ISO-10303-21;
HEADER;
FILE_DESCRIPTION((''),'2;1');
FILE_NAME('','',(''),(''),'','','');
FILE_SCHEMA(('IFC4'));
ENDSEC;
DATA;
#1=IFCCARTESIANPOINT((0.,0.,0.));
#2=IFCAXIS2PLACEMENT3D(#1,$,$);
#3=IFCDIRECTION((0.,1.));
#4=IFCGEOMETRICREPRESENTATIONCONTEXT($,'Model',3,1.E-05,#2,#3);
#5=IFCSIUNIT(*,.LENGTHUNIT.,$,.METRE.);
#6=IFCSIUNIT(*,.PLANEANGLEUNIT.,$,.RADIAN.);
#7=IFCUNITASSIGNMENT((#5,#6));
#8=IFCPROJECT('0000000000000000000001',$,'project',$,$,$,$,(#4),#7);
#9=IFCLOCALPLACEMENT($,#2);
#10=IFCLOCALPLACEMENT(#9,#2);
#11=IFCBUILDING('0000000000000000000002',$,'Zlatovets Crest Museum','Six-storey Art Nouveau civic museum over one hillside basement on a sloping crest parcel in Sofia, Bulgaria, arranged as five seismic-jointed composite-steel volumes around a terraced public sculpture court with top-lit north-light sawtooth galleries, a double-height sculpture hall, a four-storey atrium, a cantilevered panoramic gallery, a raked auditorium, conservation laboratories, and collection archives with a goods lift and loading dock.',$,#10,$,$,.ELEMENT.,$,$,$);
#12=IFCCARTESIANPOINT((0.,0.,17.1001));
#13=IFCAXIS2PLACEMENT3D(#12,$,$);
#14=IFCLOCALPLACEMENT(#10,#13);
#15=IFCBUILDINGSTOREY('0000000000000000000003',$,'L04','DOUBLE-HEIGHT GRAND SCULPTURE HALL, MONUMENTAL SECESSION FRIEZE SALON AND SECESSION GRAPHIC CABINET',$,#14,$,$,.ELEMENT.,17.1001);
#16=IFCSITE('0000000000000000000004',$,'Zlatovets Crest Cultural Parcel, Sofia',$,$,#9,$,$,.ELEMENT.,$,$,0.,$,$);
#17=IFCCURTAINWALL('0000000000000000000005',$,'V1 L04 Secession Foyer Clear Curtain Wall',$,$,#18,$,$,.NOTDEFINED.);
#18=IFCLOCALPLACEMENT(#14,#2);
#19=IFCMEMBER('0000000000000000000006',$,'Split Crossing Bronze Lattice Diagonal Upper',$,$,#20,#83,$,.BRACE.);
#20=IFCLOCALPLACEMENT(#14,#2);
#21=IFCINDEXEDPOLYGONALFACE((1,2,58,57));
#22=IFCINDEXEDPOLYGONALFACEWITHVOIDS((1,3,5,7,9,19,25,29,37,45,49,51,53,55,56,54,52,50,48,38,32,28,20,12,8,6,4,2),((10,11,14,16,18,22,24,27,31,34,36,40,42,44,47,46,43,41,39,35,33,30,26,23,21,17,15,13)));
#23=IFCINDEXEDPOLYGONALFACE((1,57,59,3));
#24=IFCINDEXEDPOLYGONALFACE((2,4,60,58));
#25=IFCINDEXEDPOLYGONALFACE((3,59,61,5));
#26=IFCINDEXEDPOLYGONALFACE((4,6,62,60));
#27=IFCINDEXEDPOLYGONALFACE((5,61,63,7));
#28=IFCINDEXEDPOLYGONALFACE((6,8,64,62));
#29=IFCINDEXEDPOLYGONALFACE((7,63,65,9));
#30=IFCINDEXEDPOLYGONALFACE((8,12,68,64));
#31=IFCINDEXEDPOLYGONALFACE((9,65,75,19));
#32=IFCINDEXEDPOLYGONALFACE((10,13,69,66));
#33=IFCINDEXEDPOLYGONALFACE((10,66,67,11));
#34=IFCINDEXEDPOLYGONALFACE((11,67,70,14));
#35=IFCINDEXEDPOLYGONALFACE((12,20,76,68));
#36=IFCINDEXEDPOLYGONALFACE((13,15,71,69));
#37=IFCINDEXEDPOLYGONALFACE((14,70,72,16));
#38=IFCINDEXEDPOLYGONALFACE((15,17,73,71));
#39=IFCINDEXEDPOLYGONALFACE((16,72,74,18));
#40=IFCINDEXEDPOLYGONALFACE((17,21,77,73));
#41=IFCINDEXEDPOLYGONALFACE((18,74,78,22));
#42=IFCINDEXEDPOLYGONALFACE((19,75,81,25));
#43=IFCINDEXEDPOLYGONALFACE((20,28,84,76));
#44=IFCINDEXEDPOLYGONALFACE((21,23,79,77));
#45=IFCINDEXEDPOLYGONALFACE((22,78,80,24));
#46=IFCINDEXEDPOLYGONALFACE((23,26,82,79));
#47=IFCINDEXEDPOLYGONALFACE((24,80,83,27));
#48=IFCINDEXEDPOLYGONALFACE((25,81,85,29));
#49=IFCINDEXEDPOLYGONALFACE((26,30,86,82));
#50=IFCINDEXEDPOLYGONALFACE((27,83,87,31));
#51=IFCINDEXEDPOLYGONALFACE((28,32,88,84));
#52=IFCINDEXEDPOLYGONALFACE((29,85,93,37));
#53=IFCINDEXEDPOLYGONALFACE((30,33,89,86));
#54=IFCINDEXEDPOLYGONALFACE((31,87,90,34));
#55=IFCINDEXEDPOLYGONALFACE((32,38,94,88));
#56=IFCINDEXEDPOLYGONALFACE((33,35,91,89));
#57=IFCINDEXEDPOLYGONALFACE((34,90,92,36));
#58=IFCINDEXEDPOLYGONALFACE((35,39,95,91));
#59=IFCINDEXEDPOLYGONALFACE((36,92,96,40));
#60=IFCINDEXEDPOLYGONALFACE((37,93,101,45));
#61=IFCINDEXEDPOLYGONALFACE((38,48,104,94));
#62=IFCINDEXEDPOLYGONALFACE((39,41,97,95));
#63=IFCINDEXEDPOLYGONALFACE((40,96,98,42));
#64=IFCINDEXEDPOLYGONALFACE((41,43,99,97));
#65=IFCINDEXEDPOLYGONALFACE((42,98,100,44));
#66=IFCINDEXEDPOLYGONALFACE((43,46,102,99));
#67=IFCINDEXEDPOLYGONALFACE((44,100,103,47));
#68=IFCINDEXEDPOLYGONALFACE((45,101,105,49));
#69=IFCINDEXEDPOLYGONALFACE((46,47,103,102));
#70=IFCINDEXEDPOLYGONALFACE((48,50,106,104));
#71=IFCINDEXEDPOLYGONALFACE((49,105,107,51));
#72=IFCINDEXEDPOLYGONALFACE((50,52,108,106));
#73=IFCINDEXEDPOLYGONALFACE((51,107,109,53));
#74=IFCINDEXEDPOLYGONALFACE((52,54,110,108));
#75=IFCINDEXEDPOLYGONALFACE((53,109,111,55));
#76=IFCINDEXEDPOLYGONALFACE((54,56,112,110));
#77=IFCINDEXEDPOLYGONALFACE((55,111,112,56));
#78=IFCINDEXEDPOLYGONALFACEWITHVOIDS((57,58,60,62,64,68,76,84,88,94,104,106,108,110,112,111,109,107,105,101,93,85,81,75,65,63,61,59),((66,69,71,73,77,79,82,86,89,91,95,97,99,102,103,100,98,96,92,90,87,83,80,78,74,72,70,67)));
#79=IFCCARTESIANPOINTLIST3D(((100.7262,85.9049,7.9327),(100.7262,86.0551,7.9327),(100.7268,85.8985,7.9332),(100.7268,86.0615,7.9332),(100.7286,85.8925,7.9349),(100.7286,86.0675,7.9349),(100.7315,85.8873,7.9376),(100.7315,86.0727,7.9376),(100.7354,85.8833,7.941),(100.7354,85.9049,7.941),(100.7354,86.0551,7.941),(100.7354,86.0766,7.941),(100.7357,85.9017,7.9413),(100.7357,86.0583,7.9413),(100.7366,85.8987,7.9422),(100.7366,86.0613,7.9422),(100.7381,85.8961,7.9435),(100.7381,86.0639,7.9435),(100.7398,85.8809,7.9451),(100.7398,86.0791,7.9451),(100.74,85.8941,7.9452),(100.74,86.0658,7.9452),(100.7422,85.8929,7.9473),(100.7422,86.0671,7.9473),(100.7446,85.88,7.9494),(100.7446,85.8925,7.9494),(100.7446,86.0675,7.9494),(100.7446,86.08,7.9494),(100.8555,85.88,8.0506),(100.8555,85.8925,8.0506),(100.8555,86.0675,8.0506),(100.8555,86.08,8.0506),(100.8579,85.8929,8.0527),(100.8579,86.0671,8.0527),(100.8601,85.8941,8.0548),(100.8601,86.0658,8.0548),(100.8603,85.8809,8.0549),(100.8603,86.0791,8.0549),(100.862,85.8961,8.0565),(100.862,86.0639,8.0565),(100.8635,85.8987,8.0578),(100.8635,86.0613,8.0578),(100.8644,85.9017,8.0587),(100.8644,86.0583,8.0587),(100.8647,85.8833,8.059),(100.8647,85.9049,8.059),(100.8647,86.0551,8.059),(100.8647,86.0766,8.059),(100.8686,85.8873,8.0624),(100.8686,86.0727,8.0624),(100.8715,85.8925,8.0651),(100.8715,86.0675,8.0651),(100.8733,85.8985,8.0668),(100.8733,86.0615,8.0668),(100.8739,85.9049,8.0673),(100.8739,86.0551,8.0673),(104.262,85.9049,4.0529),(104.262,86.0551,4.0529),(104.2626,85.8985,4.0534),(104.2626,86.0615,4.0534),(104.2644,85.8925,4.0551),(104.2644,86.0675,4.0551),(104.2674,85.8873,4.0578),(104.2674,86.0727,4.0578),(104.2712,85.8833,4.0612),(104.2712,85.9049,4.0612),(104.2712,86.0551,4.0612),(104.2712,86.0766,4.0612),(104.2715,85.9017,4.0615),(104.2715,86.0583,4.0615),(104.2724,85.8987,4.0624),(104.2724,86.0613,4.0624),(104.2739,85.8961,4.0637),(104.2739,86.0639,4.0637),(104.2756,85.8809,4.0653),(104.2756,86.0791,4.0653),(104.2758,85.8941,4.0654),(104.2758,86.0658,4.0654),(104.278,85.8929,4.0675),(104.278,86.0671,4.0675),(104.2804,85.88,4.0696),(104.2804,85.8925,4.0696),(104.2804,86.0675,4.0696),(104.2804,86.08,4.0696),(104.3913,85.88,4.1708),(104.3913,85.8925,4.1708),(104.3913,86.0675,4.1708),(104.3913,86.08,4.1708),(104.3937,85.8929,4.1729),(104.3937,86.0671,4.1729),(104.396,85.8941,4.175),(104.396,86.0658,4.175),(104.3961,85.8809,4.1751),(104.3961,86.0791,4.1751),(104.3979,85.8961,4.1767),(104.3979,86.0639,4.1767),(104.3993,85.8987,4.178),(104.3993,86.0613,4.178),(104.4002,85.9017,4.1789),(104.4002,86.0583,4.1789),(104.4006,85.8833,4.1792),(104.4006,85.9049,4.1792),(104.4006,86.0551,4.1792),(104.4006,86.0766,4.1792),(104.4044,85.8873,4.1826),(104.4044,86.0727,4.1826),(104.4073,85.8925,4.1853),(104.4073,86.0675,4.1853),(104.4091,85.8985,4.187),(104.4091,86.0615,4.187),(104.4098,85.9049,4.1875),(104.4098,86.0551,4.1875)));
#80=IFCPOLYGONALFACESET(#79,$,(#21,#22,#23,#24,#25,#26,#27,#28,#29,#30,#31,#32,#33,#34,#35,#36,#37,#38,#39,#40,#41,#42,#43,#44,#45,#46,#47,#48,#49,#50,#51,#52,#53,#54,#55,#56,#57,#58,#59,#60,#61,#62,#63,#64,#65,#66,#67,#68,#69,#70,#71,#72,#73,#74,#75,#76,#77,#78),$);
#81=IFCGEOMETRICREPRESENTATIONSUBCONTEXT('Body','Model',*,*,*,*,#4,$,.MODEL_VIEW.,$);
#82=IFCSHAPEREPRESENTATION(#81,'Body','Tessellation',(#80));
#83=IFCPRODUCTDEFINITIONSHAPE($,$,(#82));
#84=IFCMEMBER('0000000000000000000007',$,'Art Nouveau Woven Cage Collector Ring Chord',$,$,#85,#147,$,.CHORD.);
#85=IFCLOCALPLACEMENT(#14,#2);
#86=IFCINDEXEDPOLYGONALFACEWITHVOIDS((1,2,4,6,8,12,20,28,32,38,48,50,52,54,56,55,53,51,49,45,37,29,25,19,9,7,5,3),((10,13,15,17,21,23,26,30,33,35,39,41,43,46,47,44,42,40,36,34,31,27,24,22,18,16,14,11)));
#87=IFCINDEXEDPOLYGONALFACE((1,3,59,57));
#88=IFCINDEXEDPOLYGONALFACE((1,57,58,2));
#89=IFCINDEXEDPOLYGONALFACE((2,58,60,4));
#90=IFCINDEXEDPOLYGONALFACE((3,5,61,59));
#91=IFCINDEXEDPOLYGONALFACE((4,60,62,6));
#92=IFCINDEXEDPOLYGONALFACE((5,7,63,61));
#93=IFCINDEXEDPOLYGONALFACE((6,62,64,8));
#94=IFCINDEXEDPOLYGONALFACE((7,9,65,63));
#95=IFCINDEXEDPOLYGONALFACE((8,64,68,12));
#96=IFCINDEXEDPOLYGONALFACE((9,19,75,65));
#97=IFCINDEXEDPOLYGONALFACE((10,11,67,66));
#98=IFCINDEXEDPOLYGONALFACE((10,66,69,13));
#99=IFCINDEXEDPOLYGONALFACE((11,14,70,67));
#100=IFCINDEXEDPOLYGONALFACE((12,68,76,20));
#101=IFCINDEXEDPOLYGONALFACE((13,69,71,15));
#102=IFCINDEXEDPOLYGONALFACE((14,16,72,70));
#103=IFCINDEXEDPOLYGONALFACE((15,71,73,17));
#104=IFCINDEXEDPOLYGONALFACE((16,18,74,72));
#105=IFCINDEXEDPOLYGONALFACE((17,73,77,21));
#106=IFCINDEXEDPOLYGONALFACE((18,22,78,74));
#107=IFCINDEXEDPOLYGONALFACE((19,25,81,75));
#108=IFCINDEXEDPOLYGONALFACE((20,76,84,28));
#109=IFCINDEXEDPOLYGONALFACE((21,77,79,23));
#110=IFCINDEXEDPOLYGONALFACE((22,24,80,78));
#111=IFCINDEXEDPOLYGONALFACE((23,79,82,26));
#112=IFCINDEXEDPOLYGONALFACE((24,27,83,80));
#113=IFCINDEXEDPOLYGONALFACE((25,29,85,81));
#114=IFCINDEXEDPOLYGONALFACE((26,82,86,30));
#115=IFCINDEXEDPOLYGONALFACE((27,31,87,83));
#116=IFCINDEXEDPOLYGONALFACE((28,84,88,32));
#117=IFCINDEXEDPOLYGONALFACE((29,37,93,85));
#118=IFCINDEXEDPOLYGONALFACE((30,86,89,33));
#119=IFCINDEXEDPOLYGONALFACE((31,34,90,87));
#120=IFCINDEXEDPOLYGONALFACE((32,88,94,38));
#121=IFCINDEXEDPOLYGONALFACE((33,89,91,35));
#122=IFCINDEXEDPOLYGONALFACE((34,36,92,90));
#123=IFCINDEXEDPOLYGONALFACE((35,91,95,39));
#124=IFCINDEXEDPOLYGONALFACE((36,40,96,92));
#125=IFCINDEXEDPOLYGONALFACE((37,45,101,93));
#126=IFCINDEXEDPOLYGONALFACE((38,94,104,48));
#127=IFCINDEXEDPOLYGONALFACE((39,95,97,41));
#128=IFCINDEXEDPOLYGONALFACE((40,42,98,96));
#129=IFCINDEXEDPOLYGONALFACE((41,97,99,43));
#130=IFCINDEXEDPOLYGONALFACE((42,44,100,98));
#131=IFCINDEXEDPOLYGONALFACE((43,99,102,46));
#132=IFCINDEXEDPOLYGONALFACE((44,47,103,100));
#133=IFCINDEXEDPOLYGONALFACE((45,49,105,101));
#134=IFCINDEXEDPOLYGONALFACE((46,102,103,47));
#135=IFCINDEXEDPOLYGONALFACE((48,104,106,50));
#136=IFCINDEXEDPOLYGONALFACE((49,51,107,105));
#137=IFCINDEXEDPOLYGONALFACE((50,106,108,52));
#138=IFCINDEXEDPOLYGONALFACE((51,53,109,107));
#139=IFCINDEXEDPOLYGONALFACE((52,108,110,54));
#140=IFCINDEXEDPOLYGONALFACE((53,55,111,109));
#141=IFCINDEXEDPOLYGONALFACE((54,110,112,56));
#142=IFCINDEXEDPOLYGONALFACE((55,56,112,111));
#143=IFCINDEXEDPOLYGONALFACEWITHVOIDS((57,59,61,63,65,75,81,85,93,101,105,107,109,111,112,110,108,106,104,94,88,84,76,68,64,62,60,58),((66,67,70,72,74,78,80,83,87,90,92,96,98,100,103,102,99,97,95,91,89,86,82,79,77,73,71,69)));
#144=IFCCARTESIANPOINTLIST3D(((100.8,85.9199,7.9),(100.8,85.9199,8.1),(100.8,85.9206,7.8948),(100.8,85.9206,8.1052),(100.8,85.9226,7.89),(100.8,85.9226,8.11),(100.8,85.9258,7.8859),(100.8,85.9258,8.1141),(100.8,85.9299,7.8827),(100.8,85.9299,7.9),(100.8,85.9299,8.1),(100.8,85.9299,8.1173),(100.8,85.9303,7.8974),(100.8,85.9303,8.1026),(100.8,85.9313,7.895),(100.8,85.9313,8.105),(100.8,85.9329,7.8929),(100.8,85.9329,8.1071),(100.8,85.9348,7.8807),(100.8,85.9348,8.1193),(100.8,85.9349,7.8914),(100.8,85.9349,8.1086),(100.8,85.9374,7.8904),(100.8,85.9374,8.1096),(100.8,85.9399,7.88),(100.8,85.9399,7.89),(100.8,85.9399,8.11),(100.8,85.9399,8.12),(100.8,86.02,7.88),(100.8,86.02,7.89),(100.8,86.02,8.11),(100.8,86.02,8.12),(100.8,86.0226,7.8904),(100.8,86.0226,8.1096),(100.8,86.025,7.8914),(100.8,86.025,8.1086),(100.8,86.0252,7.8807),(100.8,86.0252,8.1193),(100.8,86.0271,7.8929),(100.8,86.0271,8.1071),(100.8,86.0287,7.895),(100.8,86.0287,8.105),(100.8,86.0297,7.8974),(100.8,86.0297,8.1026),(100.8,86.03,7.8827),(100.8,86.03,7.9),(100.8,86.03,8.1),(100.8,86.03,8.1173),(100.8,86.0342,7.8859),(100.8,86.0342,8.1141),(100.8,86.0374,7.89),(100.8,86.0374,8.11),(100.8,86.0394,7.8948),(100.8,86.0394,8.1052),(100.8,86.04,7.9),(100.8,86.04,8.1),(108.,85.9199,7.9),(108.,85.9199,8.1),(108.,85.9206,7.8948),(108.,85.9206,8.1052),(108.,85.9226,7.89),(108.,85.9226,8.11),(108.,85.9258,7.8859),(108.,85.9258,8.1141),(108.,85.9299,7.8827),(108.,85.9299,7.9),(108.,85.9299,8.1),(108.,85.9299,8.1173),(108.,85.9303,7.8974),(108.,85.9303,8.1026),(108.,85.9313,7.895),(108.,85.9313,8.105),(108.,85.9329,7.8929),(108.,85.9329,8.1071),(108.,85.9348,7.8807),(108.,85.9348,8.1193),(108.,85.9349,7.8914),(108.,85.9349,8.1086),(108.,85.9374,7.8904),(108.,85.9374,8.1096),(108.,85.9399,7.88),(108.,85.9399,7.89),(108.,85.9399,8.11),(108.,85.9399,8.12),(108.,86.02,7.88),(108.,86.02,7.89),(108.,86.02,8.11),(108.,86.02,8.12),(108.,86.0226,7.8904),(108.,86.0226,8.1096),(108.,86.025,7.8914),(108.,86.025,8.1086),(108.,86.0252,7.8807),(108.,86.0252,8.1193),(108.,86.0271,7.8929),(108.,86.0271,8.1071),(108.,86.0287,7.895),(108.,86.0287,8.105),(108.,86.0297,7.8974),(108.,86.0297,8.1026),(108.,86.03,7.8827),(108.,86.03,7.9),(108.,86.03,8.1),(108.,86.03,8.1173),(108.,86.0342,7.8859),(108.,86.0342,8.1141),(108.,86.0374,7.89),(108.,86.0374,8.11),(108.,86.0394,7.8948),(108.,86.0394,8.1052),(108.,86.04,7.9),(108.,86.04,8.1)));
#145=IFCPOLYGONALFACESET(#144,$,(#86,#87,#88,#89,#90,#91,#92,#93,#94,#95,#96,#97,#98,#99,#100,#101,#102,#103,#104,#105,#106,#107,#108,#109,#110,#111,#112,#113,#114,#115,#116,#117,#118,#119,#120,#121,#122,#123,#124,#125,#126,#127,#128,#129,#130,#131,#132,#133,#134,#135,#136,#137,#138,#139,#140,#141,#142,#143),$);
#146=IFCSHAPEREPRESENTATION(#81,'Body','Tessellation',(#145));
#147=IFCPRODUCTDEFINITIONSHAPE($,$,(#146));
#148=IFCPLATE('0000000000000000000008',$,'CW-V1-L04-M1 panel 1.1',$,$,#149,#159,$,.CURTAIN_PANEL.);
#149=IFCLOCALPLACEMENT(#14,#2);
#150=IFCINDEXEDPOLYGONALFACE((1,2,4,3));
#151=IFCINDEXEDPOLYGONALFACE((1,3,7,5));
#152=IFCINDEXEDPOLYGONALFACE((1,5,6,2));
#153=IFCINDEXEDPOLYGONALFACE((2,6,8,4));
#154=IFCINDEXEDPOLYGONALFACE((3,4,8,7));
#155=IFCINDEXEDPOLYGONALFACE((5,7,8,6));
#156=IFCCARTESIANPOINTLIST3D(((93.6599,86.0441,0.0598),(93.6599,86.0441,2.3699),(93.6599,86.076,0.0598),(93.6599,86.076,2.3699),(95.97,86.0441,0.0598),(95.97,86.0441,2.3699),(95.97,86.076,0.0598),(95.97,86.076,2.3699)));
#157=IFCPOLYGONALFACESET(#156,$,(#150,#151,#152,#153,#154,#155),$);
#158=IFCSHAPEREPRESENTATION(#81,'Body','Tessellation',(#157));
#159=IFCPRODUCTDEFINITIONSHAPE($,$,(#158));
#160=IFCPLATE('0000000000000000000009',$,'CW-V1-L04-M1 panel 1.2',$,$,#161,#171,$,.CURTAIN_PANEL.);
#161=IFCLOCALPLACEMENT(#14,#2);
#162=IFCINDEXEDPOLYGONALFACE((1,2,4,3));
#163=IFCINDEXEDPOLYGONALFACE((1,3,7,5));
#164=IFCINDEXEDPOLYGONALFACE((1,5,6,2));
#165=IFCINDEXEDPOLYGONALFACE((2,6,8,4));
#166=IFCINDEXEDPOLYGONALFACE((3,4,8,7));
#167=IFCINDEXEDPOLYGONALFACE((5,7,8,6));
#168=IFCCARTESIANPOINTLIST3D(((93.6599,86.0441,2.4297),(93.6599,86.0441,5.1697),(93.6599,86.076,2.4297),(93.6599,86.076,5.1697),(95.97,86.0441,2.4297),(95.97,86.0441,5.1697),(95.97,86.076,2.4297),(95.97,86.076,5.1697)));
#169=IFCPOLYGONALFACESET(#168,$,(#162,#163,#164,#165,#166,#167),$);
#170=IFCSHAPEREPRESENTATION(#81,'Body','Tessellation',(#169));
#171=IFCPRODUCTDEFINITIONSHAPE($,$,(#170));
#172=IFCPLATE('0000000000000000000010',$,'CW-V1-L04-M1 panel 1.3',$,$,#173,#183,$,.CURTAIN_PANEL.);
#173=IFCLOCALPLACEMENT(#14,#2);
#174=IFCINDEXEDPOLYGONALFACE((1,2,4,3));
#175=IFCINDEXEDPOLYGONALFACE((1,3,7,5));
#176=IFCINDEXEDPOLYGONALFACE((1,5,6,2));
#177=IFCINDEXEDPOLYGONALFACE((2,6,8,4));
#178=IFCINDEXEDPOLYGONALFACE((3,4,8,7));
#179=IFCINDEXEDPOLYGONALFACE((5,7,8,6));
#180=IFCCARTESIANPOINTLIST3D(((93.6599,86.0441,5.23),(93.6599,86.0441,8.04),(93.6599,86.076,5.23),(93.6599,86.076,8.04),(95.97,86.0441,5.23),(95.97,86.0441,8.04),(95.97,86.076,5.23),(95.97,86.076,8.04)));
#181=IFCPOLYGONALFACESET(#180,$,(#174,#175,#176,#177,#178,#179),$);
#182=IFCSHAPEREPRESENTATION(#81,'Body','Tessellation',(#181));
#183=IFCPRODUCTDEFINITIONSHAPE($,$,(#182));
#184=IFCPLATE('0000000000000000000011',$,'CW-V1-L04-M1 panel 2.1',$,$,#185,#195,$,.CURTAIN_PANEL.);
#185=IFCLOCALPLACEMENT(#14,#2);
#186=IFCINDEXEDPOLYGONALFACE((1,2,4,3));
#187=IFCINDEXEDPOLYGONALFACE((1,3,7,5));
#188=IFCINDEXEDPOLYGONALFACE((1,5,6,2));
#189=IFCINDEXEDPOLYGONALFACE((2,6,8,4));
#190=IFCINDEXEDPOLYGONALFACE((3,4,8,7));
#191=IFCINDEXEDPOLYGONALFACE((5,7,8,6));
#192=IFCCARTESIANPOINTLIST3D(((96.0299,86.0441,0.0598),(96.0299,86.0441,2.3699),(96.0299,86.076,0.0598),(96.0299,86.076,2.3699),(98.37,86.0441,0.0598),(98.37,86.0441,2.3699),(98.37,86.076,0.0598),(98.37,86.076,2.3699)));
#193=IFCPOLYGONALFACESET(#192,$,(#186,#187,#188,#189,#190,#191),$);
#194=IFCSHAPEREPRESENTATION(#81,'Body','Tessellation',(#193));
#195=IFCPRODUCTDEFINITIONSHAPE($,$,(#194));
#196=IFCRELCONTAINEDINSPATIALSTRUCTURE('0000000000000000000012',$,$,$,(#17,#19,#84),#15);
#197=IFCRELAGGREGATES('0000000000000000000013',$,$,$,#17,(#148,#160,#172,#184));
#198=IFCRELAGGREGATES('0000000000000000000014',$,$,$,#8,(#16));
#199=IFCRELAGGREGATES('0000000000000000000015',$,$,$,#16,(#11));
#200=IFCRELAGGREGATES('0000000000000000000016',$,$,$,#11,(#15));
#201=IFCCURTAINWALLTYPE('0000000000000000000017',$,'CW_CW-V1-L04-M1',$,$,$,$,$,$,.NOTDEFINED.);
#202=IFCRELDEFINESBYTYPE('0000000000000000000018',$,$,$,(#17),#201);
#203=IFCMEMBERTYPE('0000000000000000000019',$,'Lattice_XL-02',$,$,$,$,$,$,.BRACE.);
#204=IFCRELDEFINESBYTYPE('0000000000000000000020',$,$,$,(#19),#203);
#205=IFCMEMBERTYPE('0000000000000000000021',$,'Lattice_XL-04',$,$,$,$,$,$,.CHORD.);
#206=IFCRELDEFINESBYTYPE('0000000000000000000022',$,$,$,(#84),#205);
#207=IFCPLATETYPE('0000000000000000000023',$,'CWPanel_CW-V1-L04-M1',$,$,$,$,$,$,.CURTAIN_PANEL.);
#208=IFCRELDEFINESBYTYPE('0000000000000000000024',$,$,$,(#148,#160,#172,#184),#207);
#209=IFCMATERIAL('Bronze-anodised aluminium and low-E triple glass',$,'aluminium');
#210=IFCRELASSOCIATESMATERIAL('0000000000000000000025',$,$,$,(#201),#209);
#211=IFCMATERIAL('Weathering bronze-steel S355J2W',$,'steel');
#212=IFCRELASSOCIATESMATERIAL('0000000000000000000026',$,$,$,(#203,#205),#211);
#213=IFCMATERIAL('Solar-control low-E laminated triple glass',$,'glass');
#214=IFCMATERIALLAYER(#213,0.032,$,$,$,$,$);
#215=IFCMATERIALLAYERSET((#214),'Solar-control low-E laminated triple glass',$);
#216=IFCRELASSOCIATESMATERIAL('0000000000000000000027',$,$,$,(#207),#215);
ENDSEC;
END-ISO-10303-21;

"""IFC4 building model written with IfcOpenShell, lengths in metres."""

from ifc_helpers import new_model, si_unit, direction, frame, origin, origin_2d, place, context, subcontext, project, spatial, rectangle, hollow_rectangle, extrude, material, layer, layer_set, material_profile, profile_set, type_object, element, aggregate, save


model = new_model("IFC4")

# Units and contexts
model_context = context("Model", 3, precision=1e-05, world=origin(), true_north=direction((0.0, 1.0)))
body_context = subcontext(model_context, "Body", "Model", "MODEL_VIEW")
ifc_project = project(units=[si_unit("LENGTHUNIT", "METRE"), si_unit("PLANEANGLEUNIT", "RADIAN")], contexts=[model_context])

# Site, building, storey
site_placement = place(None, origin())
site = spatial("IfcSite", under=ifc_project, at=site_placement, Name="Zlatovets Crest Cultural Parcel, Sofia", CompositionType="ELEMENT", RefElevation=0.0)
building_placement = place(site_placement, origin())
building = spatial("IfcBuilding", under=site, at=building_placement, Name="Zlatovets Crest Museum", Description="Six-storey Art Nouveau civic museum over one hillside basement on a sloping crest parcel in Sofia, Bulgaria, arranged as five seismic-jointed composite-steel volumes around a terraced public sculpture court with top-lit north-light sawtooth galleries, a double-height sculpture hall, a four-storey atrium, a cantilevered panoramic gallery, a raked auditorium, conservation laboratories, and collection archives with a goods lift and loading dock.", CompositionType="ELEMENT")
storey_placement = place(building_placement, frame((0.0, 0.0, 17.1001)))
storey = spatial("IfcBuildingStorey", under=building, at=storey_placement, Name="L04", Description="DOUBLE-HEIGHT GRAND SCULPTURE HALL, MONUMENTAL SECESSION FRIEZE SALON AND SECESSION GRAPHIC CABINET", CompositionType="ELEMENT", Elevation=17.1001)

# Curtain wall
ifc_material_1 = material(Name="Bronze-anodised aluminium and low-E triple glass", Category="aluminium")
curtain_wall_type = type_object("IfcCurtainWallType", Name="CW_CW-V1-L04-M1", PredefinedType="NOTDEFINED", material=ifc_material_1)
curtain_wall_placement = place(storey_placement, origin())
curtain_wall = element("IfcCurtainWall", 1, at=curtain_wall_placement, inside=storey, type_object=curtain_wall_type, Name="V1 L04 Secession Foyer Clear Curtain Wall", PredefinedType="NOTDEFINED")

# Members
ifc_material_2 = material(Name="Weathering bronze-steel S355J2W", Category="steel")
ifc_material_profile_1 = material_profile(ifc_material_2, hollow_rectangle(XDim=0.2, YDim=0.2, WallThickness=0.0125, InnerFilletRadius=0.0125, OuterFilletRadius=0.0249, at=origin_2d()), Name="SHS 200x200x12.5")
ifc_profile_set_1 = profile_set([ifc_material_profile_1], Name="Weathering bronze-steel S355J2W")
member_type_1 = type_object("IfcMemberType", Name="Lattice_XL-02", PredefinedType="BRACE", material=ifc_profile_set_1)
member_1_placement = place(storey_placement, frame((100.8, 85.98, 8.0), z_axis=(0.673582, 0.0, -0.739112), x_axis=(0.0, 1.0, 0.0)))
element("IfcMember", 2, at=member_1_placement, inside=storey, type_object=member_type_1, Name="Split Crossing Bronze Lattice Diagonal Upper", PredefinedType="BRACE", context=body_context, shape_type="SweptSolid", body=[
    extrude(hollow_rectangle(XDim=0.2, YDim=0.2, WallThickness=0.0125, InnerFilletRadius=0.0125, OuterFilletRadius=0.0249, at=origin_2d()), origin(), (0.0, 0.0, 1.0), 5.2493),
])
ifc_material_profile_2 = material_profile(ifc_material_2, hollow_rectangle(XDim=0.1201, YDim=0.24, WallThickness=0.01, InnerFilletRadius=0.01, OuterFilletRadius=0.02, at=origin_2d()), Name="RHS 120x240x10.0")
ifc_profile_set_2 = profile_set([ifc_material_profile_2], Name="Weathering bronze-steel S355J2W")
member_type_2 = type_object("IfcMemberType", Name="Lattice_XL-04", PredefinedType="CHORD", material=ifc_profile_set_2)
member_2_placement = place(storey_placement, frame((100.8, 85.98, 8.0), z_axis=(1.0, 0.0, 0.0), x_axis=(0.0, 1.0, 0.0)))
element("IfcMember", 3, at=member_2_placement, inside=storey, type_object=member_type_2, Name="Art Nouveau Woven Cage Collector Ring Chord", PredefinedType="CHORD", context=body_context, shape_type="SweptSolid", body=[
    extrude(hollow_rectangle(XDim=0.1201, YDim=0.24, WallThickness=0.01, InnerFilletRadius=0.01, OuterFilletRadius=0.02, at=origin_2d()), origin(), (0.0, 0.0, 1.0), 7.2),
])

# Plates
ifc_material_3 = material(Name="Solar-control low-E laminated triple glass", Category="glass")
ifc_layer_1 = layer(ifc_material_3, 0.032)
ifc_layer_set_1 = layer_set([ifc_layer_1], Name="Solar-control low-E laminated triple glass")
plate_type_1 = type_object("IfcPlateType", Name="CWPanel_CW-V1-L04-M1", PredefinedType="CURTAIN_PANEL", material=ifc_layer_set_1)
plate_1_placement = place(storey_placement, frame((94.8149, 86.0601, 0.0598), z_axis=(0.0, 0.0, 1.0), x_axis=(1.0, 0.0, 0.0)))
plate_1 = element("IfcPlate", 4, at=plate_1_placement, type_object=plate_type_1, Name="CW-V1-L04-M1 panel 1.1", PredefinedType="CURTAIN_PANEL", context=body_context, shape_type="SweptSolid", body=[
    extrude(rectangle(XDim=2.3101, YDim=0.032, at=origin_2d()), origin(), (0.0, 0.0, 1.0), 2.3101),
])
plate_2_placement = place(storey_placement, frame((94.8149, 86.0601, 2.4297), z_axis=(0.0, 0.0, 1.0), x_axis=(1.0, 0.0, 0.0)))
plate_2 = element("IfcPlate", 5, at=plate_2_placement, type_object=plate_type_1, Name="CW-V1-L04-M1 panel 1.2", PredefinedType="CURTAIN_PANEL", context=body_context, shape_type="SweptSolid", body=[
    extrude(rectangle(XDim=2.3101, YDim=0.032, at=origin_2d()), origin(), (0.0, 0.0, 1.0), 2.74),
])
plate_3_placement = place(storey_placement, frame((94.8149, 86.0601, 5.23), z_axis=(0.0, 0.0, 1.0), x_axis=(1.0, 0.0, 0.0)))
plate_3 = element("IfcPlate", 6, at=plate_3_placement, type_object=plate_type_1, Name="CW-V1-L04-M1 panel 1.3", PredefinedType="CURTAIN_PANEL", context=body_context, shape_type="SweptSolid", body=[
    extrude(rectangle(XDim=2.3101, YDim=0.032, at=origin_2d()), origin(), (0.0, 0.0, 1.0), 2.8101),
])
plate_4_placement = place(storey_placement, frame((97.2, 86.0601, 0.0598), z_axis=(0.0, 0.0, 1.0), x_axis=(1.0, 0.0, 0.0)))
plate_4 = element("IfcPlate", 7, at=plate_4_placement, type_object=plate_type_1, Name="CW-V1-L04-M1 panel 2.1", PredefinedType="CURTAIN_PANEL", context=body_context, shape_type="SweptSolid", body=[
    extrude(rectangle(XDim=2.3401, YDim=0.032, at=origin_2d()), origin(), (0.0, 0.0, 1.0), 2.3101),
])
aggregate(curtain_wall, [plate_1, plate_2, plate_3, plate_4])

save(model, "model.ifc")
